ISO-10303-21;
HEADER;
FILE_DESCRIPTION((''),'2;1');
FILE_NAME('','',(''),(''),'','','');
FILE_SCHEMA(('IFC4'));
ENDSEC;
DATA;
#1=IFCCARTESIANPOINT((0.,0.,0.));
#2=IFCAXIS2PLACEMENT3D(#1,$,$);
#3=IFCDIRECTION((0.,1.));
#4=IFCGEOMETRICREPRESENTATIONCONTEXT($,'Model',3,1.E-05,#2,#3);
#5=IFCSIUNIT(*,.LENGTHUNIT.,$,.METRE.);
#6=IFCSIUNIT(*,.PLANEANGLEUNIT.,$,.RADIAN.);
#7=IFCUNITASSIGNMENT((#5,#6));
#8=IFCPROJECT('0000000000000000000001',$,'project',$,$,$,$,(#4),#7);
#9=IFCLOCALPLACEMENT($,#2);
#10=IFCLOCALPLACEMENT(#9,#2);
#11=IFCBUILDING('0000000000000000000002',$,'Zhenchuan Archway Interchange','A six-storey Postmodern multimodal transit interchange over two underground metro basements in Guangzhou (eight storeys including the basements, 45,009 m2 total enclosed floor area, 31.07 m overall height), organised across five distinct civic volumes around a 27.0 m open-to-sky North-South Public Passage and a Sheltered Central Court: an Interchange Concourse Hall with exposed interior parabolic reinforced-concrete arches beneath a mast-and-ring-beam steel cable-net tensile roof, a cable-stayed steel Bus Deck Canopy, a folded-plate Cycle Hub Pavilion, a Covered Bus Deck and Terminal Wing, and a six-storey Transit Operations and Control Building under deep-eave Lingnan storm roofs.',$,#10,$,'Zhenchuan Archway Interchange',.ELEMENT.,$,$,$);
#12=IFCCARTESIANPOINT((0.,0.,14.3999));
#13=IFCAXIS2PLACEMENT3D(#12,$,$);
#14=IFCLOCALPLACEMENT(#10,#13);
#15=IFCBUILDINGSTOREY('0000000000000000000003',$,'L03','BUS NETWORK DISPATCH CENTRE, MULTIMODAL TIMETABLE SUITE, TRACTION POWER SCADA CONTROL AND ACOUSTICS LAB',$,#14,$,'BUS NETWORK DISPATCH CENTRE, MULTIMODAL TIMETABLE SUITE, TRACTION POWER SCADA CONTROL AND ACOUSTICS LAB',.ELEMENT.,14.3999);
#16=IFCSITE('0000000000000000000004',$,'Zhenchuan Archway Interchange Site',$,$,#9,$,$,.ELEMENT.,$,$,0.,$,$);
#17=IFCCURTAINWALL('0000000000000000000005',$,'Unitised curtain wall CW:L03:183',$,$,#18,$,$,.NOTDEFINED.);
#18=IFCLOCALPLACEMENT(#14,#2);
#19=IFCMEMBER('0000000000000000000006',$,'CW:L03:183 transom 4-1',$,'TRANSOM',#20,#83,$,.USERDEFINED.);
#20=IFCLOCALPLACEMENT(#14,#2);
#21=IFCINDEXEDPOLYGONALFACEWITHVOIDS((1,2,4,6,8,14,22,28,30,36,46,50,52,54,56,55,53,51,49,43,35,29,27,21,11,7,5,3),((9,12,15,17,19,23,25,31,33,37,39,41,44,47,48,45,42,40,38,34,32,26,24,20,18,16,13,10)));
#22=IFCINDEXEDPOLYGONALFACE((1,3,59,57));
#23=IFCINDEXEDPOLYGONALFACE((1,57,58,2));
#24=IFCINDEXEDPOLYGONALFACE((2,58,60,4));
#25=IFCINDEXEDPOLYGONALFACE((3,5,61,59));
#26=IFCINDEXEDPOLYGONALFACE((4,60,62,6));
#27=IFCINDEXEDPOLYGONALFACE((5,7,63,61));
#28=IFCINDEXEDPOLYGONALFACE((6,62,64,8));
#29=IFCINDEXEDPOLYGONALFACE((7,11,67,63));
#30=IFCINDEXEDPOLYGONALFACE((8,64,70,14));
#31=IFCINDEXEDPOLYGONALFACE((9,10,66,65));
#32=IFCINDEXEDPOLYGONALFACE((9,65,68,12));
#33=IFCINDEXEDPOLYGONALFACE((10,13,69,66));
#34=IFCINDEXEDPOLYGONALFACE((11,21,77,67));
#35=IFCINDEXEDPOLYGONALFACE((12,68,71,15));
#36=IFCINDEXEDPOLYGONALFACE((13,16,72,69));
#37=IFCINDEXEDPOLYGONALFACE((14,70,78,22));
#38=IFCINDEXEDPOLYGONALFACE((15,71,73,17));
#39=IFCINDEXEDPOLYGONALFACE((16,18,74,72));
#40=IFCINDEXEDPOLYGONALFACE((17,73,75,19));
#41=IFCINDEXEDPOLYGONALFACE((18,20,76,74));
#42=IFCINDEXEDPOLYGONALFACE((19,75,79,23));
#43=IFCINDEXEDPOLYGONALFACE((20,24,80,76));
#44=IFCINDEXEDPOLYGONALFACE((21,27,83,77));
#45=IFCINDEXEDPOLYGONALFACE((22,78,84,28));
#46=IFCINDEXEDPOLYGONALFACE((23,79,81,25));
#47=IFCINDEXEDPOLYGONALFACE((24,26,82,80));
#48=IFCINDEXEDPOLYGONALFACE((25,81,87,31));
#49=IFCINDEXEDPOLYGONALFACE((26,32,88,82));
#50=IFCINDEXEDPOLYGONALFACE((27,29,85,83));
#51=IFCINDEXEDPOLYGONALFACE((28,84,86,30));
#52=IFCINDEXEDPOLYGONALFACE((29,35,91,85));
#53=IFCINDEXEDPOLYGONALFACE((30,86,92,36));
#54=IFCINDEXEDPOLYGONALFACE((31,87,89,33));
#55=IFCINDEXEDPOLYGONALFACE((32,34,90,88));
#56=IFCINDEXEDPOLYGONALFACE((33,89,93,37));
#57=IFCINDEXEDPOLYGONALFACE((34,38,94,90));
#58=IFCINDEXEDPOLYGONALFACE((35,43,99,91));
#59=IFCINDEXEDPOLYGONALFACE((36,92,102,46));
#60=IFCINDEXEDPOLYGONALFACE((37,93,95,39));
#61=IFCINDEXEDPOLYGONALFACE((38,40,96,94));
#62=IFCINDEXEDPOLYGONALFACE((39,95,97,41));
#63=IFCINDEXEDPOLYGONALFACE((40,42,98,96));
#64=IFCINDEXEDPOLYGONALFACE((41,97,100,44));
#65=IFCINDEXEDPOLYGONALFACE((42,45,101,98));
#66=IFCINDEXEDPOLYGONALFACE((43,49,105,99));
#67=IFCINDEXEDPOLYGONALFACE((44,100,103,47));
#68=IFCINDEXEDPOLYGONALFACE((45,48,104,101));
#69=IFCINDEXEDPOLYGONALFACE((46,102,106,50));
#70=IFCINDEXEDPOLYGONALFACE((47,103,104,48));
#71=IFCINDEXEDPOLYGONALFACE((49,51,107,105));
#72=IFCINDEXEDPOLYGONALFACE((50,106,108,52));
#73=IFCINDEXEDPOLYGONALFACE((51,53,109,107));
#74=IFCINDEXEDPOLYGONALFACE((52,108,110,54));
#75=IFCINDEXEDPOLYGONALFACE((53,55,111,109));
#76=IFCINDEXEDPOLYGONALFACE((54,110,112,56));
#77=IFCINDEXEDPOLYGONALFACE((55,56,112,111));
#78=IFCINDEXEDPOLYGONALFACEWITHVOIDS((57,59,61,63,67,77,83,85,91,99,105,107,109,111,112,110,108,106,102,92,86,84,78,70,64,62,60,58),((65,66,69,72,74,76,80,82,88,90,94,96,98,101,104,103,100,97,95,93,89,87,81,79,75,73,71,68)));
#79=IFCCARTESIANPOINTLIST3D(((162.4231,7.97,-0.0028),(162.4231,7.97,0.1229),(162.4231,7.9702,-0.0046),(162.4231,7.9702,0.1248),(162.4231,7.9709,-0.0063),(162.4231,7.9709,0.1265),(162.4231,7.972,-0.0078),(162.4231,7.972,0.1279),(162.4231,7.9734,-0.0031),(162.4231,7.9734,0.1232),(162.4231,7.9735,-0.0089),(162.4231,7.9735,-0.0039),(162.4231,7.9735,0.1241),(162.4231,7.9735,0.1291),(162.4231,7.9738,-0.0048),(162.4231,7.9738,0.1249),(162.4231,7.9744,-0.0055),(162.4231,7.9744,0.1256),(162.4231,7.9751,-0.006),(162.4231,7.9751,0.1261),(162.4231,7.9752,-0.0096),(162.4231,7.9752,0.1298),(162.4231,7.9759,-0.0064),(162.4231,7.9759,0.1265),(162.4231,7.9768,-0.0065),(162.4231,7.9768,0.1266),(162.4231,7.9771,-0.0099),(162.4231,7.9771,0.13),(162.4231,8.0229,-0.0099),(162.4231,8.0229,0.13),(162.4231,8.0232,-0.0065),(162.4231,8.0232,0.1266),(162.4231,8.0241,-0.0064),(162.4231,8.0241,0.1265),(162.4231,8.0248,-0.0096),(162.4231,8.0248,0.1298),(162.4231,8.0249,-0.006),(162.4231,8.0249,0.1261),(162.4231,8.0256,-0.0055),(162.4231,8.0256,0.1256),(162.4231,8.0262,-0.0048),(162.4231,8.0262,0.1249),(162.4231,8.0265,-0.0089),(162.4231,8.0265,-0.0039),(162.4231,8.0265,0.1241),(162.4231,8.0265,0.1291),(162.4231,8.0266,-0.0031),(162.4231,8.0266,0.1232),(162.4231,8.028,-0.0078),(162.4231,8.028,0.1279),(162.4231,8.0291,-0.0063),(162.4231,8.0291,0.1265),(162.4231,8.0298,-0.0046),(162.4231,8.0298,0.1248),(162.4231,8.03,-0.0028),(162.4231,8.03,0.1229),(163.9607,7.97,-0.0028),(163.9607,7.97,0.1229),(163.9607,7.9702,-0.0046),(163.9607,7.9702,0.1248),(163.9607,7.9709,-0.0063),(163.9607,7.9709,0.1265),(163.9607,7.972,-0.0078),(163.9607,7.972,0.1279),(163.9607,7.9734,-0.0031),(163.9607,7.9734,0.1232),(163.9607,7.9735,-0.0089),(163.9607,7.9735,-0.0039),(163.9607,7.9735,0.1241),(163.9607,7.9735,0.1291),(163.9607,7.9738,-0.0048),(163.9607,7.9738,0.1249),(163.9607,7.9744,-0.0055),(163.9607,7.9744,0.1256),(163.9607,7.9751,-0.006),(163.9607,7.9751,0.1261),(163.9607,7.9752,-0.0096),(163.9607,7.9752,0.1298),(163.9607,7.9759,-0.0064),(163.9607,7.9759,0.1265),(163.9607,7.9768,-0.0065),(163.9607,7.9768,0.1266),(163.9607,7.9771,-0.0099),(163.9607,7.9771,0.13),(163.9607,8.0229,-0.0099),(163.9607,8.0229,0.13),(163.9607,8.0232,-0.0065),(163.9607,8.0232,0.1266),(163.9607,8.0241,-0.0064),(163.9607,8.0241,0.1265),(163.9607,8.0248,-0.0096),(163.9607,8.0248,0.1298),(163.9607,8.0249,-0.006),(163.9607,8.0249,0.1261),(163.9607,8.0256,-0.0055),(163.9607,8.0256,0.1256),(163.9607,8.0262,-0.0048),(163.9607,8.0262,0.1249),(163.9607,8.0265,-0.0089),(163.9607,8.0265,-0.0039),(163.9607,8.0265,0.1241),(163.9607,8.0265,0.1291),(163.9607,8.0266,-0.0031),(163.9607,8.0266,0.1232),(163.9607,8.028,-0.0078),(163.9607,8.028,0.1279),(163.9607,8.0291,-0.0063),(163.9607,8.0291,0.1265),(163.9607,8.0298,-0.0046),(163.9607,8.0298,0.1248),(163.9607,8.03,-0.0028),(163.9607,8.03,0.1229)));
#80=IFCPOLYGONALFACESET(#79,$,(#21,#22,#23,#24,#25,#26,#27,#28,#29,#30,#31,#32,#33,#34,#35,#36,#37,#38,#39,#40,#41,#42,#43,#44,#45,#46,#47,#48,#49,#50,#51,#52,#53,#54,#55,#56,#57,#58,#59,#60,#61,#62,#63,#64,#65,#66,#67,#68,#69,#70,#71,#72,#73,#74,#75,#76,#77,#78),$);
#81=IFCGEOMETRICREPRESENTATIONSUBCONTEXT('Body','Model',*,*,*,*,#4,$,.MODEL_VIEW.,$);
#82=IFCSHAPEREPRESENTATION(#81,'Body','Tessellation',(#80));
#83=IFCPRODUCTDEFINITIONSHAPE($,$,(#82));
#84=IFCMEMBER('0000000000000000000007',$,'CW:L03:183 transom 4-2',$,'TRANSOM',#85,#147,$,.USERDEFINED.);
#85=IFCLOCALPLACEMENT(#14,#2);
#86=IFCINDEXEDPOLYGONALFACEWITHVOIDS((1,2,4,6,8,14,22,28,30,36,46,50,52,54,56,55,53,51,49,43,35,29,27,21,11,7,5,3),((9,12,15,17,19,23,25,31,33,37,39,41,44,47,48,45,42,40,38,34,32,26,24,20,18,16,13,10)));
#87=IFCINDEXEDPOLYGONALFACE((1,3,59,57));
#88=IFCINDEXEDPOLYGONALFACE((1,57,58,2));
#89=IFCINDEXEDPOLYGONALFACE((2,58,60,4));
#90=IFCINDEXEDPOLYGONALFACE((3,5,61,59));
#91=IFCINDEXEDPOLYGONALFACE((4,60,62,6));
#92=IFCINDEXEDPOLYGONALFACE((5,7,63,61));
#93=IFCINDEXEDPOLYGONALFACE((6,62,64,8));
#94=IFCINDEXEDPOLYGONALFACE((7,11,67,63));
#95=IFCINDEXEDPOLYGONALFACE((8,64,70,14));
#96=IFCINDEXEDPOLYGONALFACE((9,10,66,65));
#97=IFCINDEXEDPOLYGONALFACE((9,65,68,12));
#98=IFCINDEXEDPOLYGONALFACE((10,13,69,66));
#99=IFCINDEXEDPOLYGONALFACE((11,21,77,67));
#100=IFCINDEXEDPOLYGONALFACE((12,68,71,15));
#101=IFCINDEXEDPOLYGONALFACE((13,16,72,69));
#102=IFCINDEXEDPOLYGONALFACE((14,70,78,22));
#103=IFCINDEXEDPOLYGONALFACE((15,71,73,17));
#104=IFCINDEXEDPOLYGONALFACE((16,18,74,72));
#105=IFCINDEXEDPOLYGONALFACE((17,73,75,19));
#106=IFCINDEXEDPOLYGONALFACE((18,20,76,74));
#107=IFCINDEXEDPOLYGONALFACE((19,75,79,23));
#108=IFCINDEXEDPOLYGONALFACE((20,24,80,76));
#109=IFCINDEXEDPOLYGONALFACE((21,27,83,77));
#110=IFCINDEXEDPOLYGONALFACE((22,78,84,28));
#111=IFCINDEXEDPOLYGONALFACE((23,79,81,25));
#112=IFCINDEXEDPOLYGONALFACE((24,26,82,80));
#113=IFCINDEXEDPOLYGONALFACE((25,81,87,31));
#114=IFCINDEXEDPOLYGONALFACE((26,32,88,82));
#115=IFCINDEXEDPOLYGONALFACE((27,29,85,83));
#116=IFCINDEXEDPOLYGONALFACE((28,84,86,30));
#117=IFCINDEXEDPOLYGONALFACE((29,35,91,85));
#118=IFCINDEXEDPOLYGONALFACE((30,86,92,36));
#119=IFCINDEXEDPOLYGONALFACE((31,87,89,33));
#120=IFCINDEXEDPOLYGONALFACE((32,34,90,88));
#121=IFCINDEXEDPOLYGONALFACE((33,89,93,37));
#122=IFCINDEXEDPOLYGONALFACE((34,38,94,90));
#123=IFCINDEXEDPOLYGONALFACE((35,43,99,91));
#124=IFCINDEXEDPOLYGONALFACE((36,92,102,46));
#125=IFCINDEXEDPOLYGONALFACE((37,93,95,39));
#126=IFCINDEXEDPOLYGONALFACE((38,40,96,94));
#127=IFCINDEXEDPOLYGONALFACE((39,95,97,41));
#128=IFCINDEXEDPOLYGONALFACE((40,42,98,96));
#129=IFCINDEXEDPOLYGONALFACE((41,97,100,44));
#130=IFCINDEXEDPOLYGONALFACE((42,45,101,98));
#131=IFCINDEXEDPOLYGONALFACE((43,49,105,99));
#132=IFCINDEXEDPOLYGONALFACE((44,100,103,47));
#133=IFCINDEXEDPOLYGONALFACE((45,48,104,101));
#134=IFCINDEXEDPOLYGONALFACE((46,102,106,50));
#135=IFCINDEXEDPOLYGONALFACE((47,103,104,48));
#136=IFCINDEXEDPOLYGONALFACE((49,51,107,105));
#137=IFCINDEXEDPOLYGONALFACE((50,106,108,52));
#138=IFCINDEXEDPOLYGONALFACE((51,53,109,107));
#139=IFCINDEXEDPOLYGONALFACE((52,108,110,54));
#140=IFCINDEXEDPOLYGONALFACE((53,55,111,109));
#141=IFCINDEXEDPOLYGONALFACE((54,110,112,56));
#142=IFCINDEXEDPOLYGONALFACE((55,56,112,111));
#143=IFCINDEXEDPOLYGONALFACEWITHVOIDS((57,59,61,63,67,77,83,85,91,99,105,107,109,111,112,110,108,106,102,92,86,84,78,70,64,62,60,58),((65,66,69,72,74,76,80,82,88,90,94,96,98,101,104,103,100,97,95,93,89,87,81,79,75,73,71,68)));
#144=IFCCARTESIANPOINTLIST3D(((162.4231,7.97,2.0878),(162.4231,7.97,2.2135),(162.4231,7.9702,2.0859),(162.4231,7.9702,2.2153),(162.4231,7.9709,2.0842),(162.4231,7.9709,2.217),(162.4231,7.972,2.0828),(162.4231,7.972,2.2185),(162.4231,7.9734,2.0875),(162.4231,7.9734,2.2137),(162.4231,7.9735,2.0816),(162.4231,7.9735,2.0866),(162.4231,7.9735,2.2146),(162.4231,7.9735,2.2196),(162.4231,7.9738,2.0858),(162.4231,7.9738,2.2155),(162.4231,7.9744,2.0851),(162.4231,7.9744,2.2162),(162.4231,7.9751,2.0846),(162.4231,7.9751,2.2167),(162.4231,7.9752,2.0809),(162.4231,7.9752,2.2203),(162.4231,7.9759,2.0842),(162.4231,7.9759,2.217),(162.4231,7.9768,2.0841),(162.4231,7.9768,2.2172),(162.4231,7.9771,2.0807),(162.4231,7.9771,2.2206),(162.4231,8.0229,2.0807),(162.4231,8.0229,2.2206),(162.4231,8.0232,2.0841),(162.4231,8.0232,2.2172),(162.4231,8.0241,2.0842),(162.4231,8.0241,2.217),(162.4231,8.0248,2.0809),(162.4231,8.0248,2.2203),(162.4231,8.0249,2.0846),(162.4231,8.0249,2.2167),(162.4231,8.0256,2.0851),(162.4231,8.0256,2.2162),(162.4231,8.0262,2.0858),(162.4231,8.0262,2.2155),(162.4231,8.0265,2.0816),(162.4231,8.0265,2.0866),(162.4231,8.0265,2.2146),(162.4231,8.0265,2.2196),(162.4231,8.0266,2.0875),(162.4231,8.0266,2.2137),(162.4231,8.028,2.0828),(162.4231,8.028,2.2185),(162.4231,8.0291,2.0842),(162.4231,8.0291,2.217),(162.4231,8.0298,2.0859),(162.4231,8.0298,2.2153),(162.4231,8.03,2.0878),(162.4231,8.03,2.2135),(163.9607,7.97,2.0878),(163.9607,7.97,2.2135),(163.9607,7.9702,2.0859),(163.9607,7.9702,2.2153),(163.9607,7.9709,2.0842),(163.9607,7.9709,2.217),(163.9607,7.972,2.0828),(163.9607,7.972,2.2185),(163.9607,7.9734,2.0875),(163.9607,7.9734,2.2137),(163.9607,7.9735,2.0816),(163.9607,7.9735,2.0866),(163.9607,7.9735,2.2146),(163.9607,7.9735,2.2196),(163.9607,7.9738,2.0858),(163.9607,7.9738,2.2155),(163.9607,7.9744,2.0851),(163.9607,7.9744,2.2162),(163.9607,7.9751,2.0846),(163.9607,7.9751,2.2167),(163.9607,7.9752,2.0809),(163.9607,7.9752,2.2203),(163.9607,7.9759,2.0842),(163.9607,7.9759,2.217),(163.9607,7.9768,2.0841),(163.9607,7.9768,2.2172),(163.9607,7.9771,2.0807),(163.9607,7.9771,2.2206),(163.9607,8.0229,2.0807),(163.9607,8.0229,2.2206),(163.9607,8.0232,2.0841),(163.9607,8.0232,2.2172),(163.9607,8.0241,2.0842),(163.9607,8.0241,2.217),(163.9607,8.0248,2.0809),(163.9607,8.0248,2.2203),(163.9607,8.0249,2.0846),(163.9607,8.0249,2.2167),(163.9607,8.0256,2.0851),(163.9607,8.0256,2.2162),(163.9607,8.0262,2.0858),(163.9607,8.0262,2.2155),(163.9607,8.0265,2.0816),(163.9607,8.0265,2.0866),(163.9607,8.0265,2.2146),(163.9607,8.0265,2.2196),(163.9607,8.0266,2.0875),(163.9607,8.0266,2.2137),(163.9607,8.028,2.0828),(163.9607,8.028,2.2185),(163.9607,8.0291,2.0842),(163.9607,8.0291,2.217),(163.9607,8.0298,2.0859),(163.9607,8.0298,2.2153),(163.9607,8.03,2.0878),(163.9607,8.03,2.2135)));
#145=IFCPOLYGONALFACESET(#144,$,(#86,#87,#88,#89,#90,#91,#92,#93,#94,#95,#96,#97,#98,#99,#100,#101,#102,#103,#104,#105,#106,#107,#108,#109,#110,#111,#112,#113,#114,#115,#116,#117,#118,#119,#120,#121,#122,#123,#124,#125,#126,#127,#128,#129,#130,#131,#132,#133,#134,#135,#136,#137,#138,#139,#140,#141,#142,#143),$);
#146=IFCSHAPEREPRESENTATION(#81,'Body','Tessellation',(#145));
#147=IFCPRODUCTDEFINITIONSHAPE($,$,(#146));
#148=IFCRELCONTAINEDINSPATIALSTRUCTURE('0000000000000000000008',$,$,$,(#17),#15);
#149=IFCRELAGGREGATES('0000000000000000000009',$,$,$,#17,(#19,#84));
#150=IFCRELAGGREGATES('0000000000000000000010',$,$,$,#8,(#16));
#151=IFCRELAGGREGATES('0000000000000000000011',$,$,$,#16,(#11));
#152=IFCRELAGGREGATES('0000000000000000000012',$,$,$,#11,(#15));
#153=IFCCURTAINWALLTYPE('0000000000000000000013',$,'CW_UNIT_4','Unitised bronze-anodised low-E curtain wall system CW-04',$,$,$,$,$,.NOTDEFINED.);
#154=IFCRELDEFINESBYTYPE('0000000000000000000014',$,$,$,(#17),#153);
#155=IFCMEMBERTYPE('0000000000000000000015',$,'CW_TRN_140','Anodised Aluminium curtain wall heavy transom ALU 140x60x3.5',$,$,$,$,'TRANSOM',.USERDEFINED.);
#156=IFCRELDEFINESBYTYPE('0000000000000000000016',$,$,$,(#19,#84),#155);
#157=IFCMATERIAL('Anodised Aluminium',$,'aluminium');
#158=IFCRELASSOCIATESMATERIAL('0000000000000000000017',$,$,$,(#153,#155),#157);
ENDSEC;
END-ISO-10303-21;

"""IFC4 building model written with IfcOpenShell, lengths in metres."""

from ifc_helpers import new_model, si_unit, direction, frame, origin, origin_2d, place, context, subcontext, project, spatial, hollow_rectangle, extrude, material, material_profile, profile_set, type_object, element, aggregate, save


model = new_model("IFC4")

# Units and contexts
model_context = context("Model", 3, precision=1e-05, world=origin(), true_north=direction((0.0, 1.0)))
body_context = subcontext(model_context, "Body", "Model", "MODEL_VIEW")
ifc_project = project(units=[si_unit("LENGTHUNIT", "METRE"), si_unit("PLANEANGLEUNIT", "RADIAN")], contexts=[model_context])

# Site, building, storey
site_placement = place(None, origin())
site = spatial("IfcSite", under=ifc_project, at=site_placement, Name="Zhenchuan Archway Interchange Site", CompositionType="ELEMENT", RefElevation=0.0)
building_placement = place(site_placement, origin())
building = spatial("IfcBuilding", under=site, at=building_placement, Name="Zhenchuan Archway Interchange", Description="A six-storey Postmodern multimodal transit interchange over two underground metro basements in Guangzhou (eight storeys including the basements, 45,009 m2 total enclosed floor area, 31.07 m overall height), organised across five distinct civic volumes around a 27.0 m open-to-sky North-South Public Passage and a Sheltered Central Court: an Interchange Concourse Hall with exposed interior parabolic reinforced-concrete arches beneath a mast-and-ring-beam steel cable-net tensile roof, a cable-stayed steel Bus Deck Canopy, a folded-plate Cycle Hub Pavilion, a Covered Bus Deck and Terminal Wing, and a six-storey Transit Operations and Control Building under deep-eave Lingnan storm roofs.", LongName="Zhenchuan Archway Interchange", CompositionType="ELEMENT")
storey_placement = place(building_placement, frame((0.0, 0.0, 14.3999)))
storey = spatial("IfcBuildingStorey", under=building, at=storey_placement, Name="L03", Description="BUS NETWORK DISPATCH CENTRE, MULTIMODAL TIMETABLE SUITE, TRACTION POWER SCADA CONTROL AND ACOUSTICS LAB", LongName="BUS NETWORK DISPATCH CENTRE, MULTIMODAL TIMETABLE SUITE, TRACTION POWER SCADA CONTROL AND ACOUSTICS LAB", CompositionType="ELEMENT", Elevation=14.3999)

# Curtain wall, members
ifc_material_1 = material(Name="Anodised Aluminium", Category="aluminium")
curtain_wall_type = type_object("IfcCurtainWallType", Name="CW_UNIT_4", Description="Unitised bronze-anodised low-E curtain wall system CW-04", PredefinedType="NOTDEFINED", material=ifc_material_1)
curtain_wall_placement = place(storey_placement, origin())
curtain_wall = element("IfcCurtainWall", 1, at=curtain_wall_placement, inside=storey, type_object=curtain_wall_type, Name="Unitised curtain wall CW:L03:183", PredefinedType="NOTDEFINED")
ifc_material_profile_1 = material_profile(ifc_material_1, hollow_rectangle(XDim=0.0601, YDim=0.1399, WallThickness=0.0034, InnerFilletRadius=0.0034, OuterFilletRadius=0.0071, at=origin_2d()), Name="ALU 140x60x3.5")
ifc_profile_set_1 = profile_set([ifc_material_profile_1], Name="Anodised Aluminium")
member_type_1 = type_object("IfcMemberType", Name="CW_TRN_140", Description="Anodised Aluminium curtain wall heavy transom ALU 140x60x3.5", ElementType="TRANSOM", PredefinedType="USERDEFINED", material=ifc_profile_set_1)
member_1_placement = place(storey_placement, frame((163.9607, 8.0, 0.0601), z_axis=(-1.0, 0.0, 0.0), x_axis=(0.0, -1.0, 0.0)))
member_1 = element("IfcMember", 2, at=member_1_placement, type_object=member_type_1, Name="CW:L03:183 transom 4-1", ObjectType="TRANSOM", PredefinedType="USERDEFINED", context=body_context, shape_type="SweptSolid", body=[
    extrude(hollow_rectangle(XDim=0.0601, YDim=0.1399, WallThickness=0.0034, InnerFilletRadius=0.0034, OuterFilletRadius=0.0071, at=origin_2d()), origin(), (0.0, 0.0, 1.0), 1.5376),
])
member_2_placement = place(storey_placement, frame((163.9607, 8.0, 2.1506), z_axis=(-1.0, 0.0, 0.0), x_axis=(0.0, -1.0, 0.0)))
member_2 = element("IfcMember", 3, at=member_2_placement, type_object=member_type_1, Name="CW:L03:183 transom 4-2", ObjectType="TRANSOM", PredefinedType="USERDEFINED", context=body_context, shape_type="SweptSolid", body=[
    extrude(hollow_rectangle(XDim=0.0601, YDim=0.1399, WallThickness=0.0034, InnerFilletRadius=0.0034, OuterFilletRadius=0.0071, at=origin_2d()), origin(), (0.0, 0.0, 1.0), 1.5376),
])

aggregate(curtain_wall, [member_1, member_2])

save(model, "model.ifc")
